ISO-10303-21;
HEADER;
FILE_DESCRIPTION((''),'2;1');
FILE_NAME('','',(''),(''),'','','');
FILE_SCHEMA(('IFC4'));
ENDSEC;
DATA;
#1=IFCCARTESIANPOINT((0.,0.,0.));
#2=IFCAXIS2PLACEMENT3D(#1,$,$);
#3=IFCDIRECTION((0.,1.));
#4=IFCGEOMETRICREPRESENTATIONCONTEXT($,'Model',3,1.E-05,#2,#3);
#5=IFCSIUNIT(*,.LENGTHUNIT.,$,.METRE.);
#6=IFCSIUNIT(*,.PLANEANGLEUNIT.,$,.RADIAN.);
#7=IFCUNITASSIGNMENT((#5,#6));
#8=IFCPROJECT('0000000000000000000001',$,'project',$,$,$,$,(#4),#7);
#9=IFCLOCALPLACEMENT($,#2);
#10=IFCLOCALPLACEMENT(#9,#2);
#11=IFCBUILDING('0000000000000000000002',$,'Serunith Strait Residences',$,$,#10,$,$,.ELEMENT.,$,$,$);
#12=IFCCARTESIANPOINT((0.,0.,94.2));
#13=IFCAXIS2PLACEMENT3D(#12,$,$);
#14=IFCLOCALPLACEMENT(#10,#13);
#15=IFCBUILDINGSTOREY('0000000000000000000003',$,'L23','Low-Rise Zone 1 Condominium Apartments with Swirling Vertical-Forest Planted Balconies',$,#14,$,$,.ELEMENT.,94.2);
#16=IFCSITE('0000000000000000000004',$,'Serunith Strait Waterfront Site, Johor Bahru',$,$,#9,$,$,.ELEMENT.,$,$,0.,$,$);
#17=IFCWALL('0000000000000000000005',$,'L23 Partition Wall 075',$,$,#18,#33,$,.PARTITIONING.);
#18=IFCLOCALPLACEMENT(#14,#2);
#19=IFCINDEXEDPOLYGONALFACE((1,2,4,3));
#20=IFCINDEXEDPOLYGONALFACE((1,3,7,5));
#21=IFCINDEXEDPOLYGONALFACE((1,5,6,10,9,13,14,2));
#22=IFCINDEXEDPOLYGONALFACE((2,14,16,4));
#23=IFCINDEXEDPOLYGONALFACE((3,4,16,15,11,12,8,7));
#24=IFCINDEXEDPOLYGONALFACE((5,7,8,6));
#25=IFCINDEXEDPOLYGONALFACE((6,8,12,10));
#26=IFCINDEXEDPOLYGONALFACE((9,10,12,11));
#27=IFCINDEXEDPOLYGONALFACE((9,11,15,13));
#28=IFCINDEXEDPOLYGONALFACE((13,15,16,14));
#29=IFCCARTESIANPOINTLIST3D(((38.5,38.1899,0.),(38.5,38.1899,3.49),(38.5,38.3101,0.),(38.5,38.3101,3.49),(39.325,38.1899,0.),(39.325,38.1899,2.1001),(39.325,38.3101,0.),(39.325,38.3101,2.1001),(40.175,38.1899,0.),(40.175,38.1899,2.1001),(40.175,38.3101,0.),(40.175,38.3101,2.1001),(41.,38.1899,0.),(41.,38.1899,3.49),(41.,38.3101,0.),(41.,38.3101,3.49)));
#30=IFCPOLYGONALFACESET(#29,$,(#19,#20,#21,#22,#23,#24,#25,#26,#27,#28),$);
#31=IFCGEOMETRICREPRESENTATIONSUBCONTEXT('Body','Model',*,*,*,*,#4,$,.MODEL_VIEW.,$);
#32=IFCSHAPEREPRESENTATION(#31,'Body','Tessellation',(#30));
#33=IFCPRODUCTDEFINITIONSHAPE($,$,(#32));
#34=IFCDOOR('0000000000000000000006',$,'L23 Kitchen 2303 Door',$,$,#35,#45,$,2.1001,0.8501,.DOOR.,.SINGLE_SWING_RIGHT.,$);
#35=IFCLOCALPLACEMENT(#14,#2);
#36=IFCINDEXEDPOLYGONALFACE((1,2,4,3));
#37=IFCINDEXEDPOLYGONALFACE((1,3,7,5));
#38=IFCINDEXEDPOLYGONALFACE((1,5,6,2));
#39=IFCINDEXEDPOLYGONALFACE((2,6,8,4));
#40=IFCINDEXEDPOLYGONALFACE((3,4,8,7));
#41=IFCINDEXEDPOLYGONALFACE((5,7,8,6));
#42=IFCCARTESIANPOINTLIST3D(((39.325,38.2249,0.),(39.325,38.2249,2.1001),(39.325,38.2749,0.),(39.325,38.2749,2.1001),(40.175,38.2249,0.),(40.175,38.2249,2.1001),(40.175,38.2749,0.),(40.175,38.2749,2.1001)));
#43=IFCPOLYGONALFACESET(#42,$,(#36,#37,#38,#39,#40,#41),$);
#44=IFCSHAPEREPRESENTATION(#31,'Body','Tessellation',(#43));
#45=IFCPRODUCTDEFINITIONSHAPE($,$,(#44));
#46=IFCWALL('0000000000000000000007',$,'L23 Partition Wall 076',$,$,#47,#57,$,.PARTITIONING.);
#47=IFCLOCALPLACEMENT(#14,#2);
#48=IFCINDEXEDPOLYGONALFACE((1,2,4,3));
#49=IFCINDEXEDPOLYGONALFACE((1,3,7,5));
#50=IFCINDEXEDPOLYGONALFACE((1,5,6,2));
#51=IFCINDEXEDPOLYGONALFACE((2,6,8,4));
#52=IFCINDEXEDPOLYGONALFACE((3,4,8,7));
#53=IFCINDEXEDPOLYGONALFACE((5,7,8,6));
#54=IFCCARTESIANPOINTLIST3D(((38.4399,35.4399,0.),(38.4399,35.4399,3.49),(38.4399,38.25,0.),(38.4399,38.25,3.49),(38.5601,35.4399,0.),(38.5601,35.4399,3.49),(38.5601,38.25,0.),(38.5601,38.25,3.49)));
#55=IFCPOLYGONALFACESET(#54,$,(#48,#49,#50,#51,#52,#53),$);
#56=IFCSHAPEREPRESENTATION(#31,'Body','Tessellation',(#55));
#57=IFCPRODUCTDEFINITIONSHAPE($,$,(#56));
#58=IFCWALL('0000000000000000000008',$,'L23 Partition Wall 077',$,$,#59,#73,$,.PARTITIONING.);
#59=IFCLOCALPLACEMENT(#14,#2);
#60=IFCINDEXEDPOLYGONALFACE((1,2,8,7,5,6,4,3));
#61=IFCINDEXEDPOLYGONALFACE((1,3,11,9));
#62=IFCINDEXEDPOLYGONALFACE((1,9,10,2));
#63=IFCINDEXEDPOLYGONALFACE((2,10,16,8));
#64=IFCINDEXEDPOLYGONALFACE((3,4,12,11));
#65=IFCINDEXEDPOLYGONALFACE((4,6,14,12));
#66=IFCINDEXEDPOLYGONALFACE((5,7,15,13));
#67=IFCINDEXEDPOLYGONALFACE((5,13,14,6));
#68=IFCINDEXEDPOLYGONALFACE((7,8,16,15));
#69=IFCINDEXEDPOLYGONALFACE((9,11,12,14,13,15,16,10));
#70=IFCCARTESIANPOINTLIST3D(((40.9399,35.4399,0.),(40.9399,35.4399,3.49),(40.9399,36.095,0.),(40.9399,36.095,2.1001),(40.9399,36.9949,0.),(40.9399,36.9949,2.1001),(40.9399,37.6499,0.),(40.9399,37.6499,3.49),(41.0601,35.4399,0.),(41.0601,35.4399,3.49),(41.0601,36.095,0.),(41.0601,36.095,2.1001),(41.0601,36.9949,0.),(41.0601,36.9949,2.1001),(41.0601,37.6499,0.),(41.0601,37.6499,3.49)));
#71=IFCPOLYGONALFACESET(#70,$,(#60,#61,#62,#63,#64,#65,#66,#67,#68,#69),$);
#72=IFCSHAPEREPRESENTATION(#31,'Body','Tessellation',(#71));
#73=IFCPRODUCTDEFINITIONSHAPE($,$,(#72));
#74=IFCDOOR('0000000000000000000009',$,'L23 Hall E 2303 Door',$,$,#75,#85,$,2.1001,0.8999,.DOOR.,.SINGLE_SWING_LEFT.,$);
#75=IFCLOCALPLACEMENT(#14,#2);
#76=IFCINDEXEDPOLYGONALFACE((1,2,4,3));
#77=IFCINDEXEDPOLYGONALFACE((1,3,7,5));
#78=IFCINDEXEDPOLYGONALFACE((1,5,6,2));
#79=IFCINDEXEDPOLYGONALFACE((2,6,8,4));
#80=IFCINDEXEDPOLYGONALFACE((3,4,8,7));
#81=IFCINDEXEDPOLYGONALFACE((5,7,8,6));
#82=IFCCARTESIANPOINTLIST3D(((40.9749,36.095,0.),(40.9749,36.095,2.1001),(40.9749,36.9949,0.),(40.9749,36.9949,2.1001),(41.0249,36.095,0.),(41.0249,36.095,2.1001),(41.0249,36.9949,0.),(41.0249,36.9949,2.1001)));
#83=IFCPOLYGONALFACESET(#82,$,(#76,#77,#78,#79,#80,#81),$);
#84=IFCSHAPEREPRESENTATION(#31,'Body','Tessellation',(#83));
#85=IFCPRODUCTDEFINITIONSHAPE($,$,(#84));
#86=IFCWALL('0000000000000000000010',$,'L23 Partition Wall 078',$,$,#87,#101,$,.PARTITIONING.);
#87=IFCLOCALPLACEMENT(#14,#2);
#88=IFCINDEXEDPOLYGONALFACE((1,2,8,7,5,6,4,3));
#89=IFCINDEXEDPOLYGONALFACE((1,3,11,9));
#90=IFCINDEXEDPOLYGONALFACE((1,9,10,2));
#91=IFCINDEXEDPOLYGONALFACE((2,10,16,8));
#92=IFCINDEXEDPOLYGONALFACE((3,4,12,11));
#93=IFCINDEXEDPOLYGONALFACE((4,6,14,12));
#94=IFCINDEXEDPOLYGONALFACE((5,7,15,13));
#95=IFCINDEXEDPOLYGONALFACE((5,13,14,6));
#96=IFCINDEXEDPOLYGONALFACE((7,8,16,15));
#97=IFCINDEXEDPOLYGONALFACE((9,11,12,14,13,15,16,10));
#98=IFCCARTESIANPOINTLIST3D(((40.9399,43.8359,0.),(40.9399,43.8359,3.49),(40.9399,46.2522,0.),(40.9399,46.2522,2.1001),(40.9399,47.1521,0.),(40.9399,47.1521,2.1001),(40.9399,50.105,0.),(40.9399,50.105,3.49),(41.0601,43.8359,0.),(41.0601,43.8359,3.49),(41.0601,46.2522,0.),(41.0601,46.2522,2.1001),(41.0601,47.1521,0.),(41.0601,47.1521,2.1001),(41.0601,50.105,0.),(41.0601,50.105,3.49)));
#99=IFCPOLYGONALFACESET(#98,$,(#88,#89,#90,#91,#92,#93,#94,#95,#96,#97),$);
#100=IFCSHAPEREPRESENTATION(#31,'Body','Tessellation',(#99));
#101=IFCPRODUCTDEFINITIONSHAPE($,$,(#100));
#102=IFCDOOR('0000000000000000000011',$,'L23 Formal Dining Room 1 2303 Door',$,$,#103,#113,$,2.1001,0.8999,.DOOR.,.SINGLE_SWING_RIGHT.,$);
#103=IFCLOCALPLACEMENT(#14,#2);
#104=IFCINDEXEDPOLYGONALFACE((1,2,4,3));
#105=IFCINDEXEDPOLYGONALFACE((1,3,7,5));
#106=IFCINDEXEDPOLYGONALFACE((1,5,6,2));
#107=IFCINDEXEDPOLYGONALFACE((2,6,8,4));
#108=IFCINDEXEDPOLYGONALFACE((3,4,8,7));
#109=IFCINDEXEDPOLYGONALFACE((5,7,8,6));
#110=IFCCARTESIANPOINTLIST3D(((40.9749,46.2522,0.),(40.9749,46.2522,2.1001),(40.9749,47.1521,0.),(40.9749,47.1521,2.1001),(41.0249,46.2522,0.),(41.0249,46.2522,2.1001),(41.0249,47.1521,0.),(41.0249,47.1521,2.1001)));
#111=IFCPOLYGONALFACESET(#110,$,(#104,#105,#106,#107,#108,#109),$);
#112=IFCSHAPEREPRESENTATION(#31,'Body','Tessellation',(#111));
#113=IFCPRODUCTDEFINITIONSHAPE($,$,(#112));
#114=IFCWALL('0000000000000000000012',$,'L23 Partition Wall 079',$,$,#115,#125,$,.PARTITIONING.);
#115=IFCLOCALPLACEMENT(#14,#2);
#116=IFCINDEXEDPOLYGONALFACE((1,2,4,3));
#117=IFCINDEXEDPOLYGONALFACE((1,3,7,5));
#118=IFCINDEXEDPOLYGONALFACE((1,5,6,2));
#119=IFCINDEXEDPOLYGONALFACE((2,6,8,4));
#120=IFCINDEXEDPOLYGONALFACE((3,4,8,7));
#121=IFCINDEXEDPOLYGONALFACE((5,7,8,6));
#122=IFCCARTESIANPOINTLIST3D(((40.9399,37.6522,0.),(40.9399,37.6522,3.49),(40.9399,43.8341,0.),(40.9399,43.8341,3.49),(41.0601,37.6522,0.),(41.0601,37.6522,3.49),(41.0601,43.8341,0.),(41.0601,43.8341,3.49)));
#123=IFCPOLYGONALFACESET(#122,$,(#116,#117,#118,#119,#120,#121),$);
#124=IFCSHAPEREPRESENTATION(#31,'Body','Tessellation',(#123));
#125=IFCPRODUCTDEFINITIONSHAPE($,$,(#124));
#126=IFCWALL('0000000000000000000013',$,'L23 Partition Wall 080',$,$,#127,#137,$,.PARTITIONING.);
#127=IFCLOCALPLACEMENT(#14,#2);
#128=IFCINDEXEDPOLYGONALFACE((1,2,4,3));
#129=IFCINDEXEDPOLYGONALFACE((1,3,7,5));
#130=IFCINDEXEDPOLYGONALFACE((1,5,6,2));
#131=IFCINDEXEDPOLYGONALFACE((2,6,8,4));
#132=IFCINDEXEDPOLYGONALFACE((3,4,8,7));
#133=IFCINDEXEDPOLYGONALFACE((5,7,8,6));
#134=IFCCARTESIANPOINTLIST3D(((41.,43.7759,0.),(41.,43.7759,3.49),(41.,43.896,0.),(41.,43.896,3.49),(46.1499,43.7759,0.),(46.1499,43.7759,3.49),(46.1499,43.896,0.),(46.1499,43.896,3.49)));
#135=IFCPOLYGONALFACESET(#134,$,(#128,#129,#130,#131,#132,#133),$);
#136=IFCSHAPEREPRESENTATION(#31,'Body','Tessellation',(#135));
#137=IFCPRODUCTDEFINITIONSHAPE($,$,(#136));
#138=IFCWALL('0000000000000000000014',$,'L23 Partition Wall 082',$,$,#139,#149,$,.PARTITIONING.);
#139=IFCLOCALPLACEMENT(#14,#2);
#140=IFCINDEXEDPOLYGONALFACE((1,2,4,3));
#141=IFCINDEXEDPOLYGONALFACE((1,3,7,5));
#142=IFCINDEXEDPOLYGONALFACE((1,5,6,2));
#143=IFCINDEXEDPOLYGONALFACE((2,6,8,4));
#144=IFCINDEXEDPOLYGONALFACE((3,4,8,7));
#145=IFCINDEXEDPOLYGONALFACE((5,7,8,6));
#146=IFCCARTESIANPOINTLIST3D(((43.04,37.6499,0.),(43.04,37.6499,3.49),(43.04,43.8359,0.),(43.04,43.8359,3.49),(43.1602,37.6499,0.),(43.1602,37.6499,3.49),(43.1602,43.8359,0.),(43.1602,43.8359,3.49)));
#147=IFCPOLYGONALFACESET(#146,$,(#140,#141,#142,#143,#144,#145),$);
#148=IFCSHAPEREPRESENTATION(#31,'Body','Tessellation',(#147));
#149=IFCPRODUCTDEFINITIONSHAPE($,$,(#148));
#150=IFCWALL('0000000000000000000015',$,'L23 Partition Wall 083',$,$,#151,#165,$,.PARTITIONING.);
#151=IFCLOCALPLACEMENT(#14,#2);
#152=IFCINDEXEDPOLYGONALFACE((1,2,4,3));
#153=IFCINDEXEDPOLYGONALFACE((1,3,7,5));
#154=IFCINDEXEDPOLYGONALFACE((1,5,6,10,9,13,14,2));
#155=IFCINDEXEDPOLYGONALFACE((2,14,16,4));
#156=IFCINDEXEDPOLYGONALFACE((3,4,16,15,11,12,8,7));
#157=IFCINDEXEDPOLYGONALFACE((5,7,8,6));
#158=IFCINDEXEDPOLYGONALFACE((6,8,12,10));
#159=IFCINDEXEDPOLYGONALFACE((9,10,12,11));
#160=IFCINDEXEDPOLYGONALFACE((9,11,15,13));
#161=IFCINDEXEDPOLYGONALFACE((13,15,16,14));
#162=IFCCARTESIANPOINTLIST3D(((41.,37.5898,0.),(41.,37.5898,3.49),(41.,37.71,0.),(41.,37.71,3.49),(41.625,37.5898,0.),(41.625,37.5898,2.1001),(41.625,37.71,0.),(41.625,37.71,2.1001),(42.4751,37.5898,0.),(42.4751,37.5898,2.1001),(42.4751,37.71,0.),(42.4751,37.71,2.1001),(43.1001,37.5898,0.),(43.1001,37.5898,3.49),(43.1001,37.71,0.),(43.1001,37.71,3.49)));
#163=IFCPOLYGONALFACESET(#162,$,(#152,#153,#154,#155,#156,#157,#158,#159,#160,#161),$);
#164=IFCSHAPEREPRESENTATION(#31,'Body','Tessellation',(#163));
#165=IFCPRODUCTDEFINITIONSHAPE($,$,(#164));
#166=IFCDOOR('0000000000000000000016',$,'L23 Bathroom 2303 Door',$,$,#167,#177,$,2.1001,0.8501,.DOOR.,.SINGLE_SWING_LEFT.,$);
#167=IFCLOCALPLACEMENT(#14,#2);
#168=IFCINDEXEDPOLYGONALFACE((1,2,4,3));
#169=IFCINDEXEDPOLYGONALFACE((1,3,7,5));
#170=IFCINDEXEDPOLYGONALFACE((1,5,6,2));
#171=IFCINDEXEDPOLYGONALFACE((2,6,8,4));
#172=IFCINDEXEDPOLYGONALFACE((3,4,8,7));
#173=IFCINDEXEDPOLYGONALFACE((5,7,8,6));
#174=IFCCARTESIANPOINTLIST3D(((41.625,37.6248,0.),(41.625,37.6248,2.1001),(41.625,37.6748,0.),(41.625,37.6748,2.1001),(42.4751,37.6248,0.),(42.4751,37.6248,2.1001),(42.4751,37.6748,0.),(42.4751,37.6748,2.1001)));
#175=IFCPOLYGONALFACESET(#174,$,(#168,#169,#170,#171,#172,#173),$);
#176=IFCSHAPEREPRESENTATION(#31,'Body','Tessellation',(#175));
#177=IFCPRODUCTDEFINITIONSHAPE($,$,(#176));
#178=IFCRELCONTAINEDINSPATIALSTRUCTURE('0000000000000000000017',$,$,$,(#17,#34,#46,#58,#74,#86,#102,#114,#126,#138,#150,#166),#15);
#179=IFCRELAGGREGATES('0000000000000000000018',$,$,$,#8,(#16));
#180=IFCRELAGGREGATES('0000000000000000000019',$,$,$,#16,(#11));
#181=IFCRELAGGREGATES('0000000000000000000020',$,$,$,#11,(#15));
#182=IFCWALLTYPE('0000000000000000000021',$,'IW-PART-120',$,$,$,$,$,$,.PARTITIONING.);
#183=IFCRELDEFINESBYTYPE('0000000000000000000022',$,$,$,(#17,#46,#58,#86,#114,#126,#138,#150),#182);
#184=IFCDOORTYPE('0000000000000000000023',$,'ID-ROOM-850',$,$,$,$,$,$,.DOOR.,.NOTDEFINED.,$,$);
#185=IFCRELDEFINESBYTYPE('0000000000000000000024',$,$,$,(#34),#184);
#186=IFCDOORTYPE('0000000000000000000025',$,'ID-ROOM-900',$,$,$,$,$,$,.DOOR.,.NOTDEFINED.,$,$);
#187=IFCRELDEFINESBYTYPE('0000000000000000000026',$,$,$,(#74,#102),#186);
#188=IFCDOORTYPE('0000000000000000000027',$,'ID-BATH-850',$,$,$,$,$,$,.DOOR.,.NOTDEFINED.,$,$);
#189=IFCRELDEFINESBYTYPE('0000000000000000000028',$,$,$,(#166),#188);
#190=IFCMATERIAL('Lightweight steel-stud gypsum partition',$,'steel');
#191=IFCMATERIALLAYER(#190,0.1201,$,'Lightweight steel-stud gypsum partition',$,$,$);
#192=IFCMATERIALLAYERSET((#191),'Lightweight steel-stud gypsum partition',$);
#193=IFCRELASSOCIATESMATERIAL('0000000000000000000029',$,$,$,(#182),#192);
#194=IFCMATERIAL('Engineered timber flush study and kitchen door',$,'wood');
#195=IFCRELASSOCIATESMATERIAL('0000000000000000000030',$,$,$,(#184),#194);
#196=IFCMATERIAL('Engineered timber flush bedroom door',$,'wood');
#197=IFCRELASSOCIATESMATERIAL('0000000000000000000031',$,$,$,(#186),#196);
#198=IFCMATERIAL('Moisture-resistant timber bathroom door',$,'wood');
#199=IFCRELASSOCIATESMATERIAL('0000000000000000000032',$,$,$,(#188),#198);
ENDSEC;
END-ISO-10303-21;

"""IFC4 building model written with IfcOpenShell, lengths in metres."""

from ifc_helpers import new_model, si_unit, direction, frame, frame_2d, origin, place, context, subcontext, project, spatial, rectangle, extrude, source, transform, mapped, material, layer, layer_set, type_object, element, fill, save


model = new_model("IFC4")

# Units and contexts
model_context = context("Model", 3, precision=1e-05, world=origin(), true_north=direction((0.0, 1.0)))
body_context = subcontext(model_context, "Body", "Model", "MODEL_VIEW")
ifc_project = project(units=[si_unit("LENGTHUNIT", "METRE"), si_unit("PLANEANGLEUNIT", "RADIAN")], contexts=[model_context])

# Site, building, storey
site_placement = place(None, origin())
site = spatial("IfcSite", under=ifc_project, at=site_placement, Name="Serunith Strait Waterfront Site, Johor Bahru", CompositionType="ELEMENT", RefElevation=0.0)
building_placement = place(site_placement, origin())
building = spatial("IfcBuilding", under=site, at=building_placement, Name="Serunith Strait Residences", CompositionType="ELEMENT")
storey_placement = place(building_placement, frame((0.0, 0.0, 94.2)))
storey = spatial("IfcBuildingStorey", under=building, at=storey_placement, Name="L23", Description="Low-Rise Zone 1 Condominium Apartments with Swirling Vertical-Forest Planted Balconies", CompositionType="ELEMENT", Elevation=94.2)

# Wall, opening, door
ifc_material_1 = material(Name="Lightweight steel-stud gypsum partition", Category="steel")
ifc_layer_1 = layer(ifc_material_1, 0.1201, Name="Lightweight steel-stud gypsum partition")
ifc_layer_set_1 = layer_set([ifc_layer_1], Name="Lightweight steel-stud gypsum partition")
wall_type = type_object("IfcWallType", Name="IW-PART-120", PredefinedType="PARTITIONING", material=ifc_layer_set_1)
wall_1_placement = place(storey_placement, frame((38.5, 38.25, 0.0), z_axis=(0.0, 0.0, 1.0), x_axis=(1.0, 0.0, 0.0)))
wall_1 = element("IfcWall", 1, at=wall_1_placement, inside=storey, type_object=wall_type, Name="L23 Partition Wall 075", PredefinedType="PARTITIONING", context=body_context, shape_type="SweptSolid", body=[
    extrude(rectangle(XDim=2.5, YDim=0.1201, at=frame_2d((1.25, 0.0))), origin(), (0.0, 0.0, 1.0), 3.49),
])
opening_1_placement = place(wall_1_placement, frame((0.825, 0.0, 0.0)))
opening_1 = element("IfcOpeningElement", 2, at=opening_1_placement, cuts=wall_1, PredefinedType="OPENING", context=body_context, shape_type="SweptSolid", body=[
    extrude(rectangle(XDim=0.8501, YDim=2.1001, at=frame_2d((0.425, 1.05))), frame((0.0, 0.0701, 0.0), z_axis=(0.0, -1.0, 0.0), x_axis=(1.0, 0.0, 0.0)), (0.0, 0.0, 1.0), 0.1401),
])
ifc_material_2 = material(Name="Engineered timber flush study and kitchen door", Category="wood")
door_type_1 = type_object("IfcDoorType", Name="ID-ROOM-850", OperationType="NOTDEFINED", PredefinedType="DOOR", material=ifc_material_2)
shared_shape_1 = source(origin(), body_context, "Body", "SweptSolid", [
    extrude(rectangle(XDim=0.8501, YDim=2.1001, at=frame_2d((0.425, 1.05))), frame((0.0, 0.0249, 0.0), z_axis=(0.0, -1.0, 0.0), x_axis=(1.0, 0.0, 0.0)), (0.0, 0.0, 1.0), 0.05),
])
door_1_placement = place(opening_1_placement, origin())
door_1 = element("IfcDoor", 3, at=door_1_placement, inside=storey, type_object=door_type_1, Name="L23 Kitchen 2303 Door", OperationType="SINGLE_SWING_RIGHT", OverallHeight=2.1001, OverallWidth=0.8501, PredefinedType="DOOR", context=body_context, shape_type="MappedRepresentation", body=[
    mapped(shared_shape_1, transform((0.0, 0.0, 0.0), scale=1.0)),
])
fill(opening_1, door_1)

# Wall
wall_2_placement = place(storey_placement, frame((38.5, 38.25, 0.0), z_axis=(0.0, 0.0, 1.0), x_axis=(0.0, -1.0, 0.0)))
element("IfcWall", 4, at=wall_2_placement, inside=storey, type_object=wall_type, Name="L23 Partition Wall 076", PredefinedType="PARTITIONING", context=body_context, shape_type="SweptSolid", body=[
    extrude(rectangle(XDim=2.8101, YDim=0.1201, at=frame_2d((1.405, 0.0))), origin(), (0.0, 0.0, 1.0), 3.49),
])

# Walls, openings, doors
wall_3_placement = place(storey_placement, frame((41.0, 37.6499, 0.0), z_axis=(0.0, 0.0, 1.0), x_axis=(0.0, -1.0, 0.0)))
wall_3 = element("IfcWall", 5, at=wall_3_placement, inside=storey, type_object=wall_type, Name="L23 Partition Wall 077", PredefinedType="PARTITIONING", context=body_context, shape_type="SweptSolid", body=[
    extrude(rectangle(XDim=2.21, YDim=0.1201, at=frame_2d((1.105, 0.0))), origin(), (0.0, 0.0, 1.0), 3.49),
])
opening_2_placement = place(wall_3_placement, frame((0.655, 0.0, 0.0)))
opening_2 = element("IfcOpeningElement", 6, at=opening_2_placement, cuts=wall_3, PredefinedType="OPENING", context=body_context, shape_type="SweptSolid", body=[
    extrude(rectangle(XDim=0.8999, YDim=2.1001, at=frame_2d((0.45, 1.05))), frame((0.0, 0.0701, 0.0), z_axis=(0.0, -1.0, 0.0), x_axis=(1.0, 0.0, 0.0)), (0.0, 0.0, 1.0), 0.1401),
])
ifc_material_3 = material(Name="Engineered timber flush bedroom door", Category="wood")
door_type_2 = type_object("IfcDoorType", Name="ID-ROOM-900", OperationType="NOTDEFINED", PredefinedType="DOOR", material=ifc_material_3)
shared_shape_2 = source(origin(), body_context, "Body", "SweptSolid", [
    extrude(rectangle(XDim=0.8999, YDim=2.1001, at=frame_2d((0.45, 1.05))), frame((0.0, 0.0249, 0.0), z_axis=(0.0, -1.0, 0.0), x_axis=(1.0, 0.0, 0.0)), (0.0, 0.0, 1.0), 0.05),
])
door_2_placement = place(opening_2_placement, origin())
door_2 = element("IfcDoor", 7, at=door_2_placement, inside=storey, type_object=door_type_2, Name="L23 Hall E 2303 Door", OperationType="SINGLE_SWING_LEFT", OverallHeight=2.1001, OverallWidth=0.8999, PredefinedType="DOOR", context=body_context, shape_type="MappedRepresentation", body=[
    mapped(shared_shape_2, transform((0.0, 0.0, 0.0), scale=1.0)),
])
fill(opening_2, door_2)
wall_4_placement = place(storey_placement, frame((41.0, 50.105, 0.0), z_axis=(0.0, 0.0, 1.0), x_axis=(0.0, -1.0, 0.0)))
wall_4 = element("IfcWall", 8, at=wall_4_placement, inside=storey, type_object=wall_type, Name="L23 Partition Wall 078", PredefinedType="PARTITIONING", context=body_context, shape_type="SweptSolid", body=[
    extrude(rectangle(XDim=6.269, YDim=0.1201, at=frame_2d((3.1345, 0.0))), origin(), (0.0, 0.0, 1.0), 3.49),
])
opening_3_placement = place(wall_4_placement, frame((2.9529, 0.0, 0.0)))
opening_3 = element("IfcOpeningElement", 9, at=opening_3_placement, cuts=wall_4, PredefinedType="OPENING", context=body_context, shape_type="SweptSolid", body=[
    extrude(rectangle(XDim=0.8999, YDim=2.1001, at=frame_2d((0.45, 1.05))), frame((0.0, 0.0701, 0.0), z_axis=(0.0, -1.0, 0.0), x_axis=(1.0, 0.0, 0.0)), (0.0, 0.0, 1.0), 0.1401),
])
door_3_placement = place(opening_3_placement, origin())
door_3 = element("IfcDoor", 10, at=door_3_placement, inside=storey, type_object=door_type_2, Name="L23 Formal Dining Room 1 2303 Door", OperationType="SINGLE_SWING_RIGHT", OverallHeight=2.1001, OverallWidth=0.8999, PredefinedType="DOOR", context=body_context, shape_type="MappedRepresentation", body=[
    mapped(shared_shape_2, transform((0.0, 0.0, 0.0), scale=1.0)),
])
fill(opening_3, door_3)

# Walls
wall_5_placement = place(storey_placement, frame((41.0, 43.834, 0.0), z_axis=(0.0, 0.0, 1.0), x_axis=(0.0, -1.0, 0.0)))
element("IfcWall", 11, at=wall_5_placement, inside=storey, type_object=wall_type, Name="L23 Partition Wall 079", PredefinedType="PARTITIONING", context=body_context, shape_type="SweptSolid", body=[
    extrude(rectangle(XDim=6.1819, YDim=0.1201, at=frame_2d((3.0908, 0.0))), origin(), (0.0, 0.0, 1.0), 3.49),
])
wall_6_placement = place(storey_placement, frame((41.0, 43.8359, 0.0), z_axis=(0.0, 0.0, 1.0), x_axis=(1.0, 0.0, 0.0)))
element("IfcWall", 12, at=wall_6_placement, inside=storey, type_object=wall_type, Name="L23 Partition Wall 080", PredefinedType="PARTITIONING", context=body_context, shape_type="SweptSolid", body=[
    extrude(rectangle(XDim=5.1499, YDim=0.1201, at=frame_2d((2.575, 0.0))), origin(), (0.0, 0.0, 1.0), 3.49),
])
wall_7_placement = place(storey_placement, frame((43.1001, 43.8359, 0.0), z_axis=(0.0, 0.0, 1.0), x_axis=(0.0, -1.0, 0.0)))
element("IfcWall", 13, at=wall_7_placement, inside=storey, type_object=wall_type, Name="L23 Partition Wall 082", PredefinedType="PARTITIONING", context=body_context, shape_type="SweptSolid", body=[
    extrude(rectangle(XDim=6.186, YDim=0.1201, at=frame_2d((3.093, 0.0))), origin(), (0.0, 0.0, 1.0), 3.49),
])

# Wall, opening, door
wall_8_placement = place(storey_placement, frame((41.0, 37.6499, 0.0), z_axis=(0.0, 0.0, 1.0), x_axis=(1.0, 0.0, 0.0)))
wall_8 = element("IfcWall", 14, at=wall_8_placement, inside=storey, type_object=wall_type, Name="L23 Partition Wall 083", PredefinedType="PARTITIONING", context=body_context, shape_type="SweptSolid", body=[
    extrude(rectangle(XDim=2.1001, YDim=0.1201, at=frame_2d((1.05, 0.0))), origin(), (0.0, 0.0, 1.0), 3.49),
])
opening_4_placement = place(wall_8_placement, frame((0.625, 0.0, 0.0)))
opening_4 = element("IfcOpeningElement", 15, at=opening_4_placement, cuts=wall_8, PredefinedType="OPENING", context=body_context, shape_type="SweptSolid", body=[
    extrude(rectangle(XDim=0.8501, YDim=2.1001, at=frame_2d((0.425, 1.05))), frame((0.0, 0.0701, 0.0), z_axis=(0.0, -1.0, 0.0), x_axis=(1.0, 0.0, 0.0)), (0.0, 0.0, 1.0), 0.1401),
])
ifc_material_4 = material(Name="Moisture-resistant timber bathroom door", Category="wood")
door_type_3 = type_object("IfcDoorType", Name="ID-BATH-850", OperationType="NOTDEFINED", PredefinedType="DOOR", material=ifc_material_4)
door_4_placement = place(opening_4_placement, origin())
door_4 = element("IfcDoor", 16, at=door_4_placement, inside=storey, type_object=door_type_3, Name="L23 Bathroom 2303 Door", OperationType="SINGLE_SWING_LEFT", OverallHeight=2.1001, OverallWidth=0.8501, PredefinedType="DOOR", context=body_context, shape_type="MappedRepresentation", body=[
    mapped(shared_shape_1, transform((0.0, 0.0, 0.0), scale=1.0)),
])
fill(opening_4, door_4)

save(model, "model.ifc")
